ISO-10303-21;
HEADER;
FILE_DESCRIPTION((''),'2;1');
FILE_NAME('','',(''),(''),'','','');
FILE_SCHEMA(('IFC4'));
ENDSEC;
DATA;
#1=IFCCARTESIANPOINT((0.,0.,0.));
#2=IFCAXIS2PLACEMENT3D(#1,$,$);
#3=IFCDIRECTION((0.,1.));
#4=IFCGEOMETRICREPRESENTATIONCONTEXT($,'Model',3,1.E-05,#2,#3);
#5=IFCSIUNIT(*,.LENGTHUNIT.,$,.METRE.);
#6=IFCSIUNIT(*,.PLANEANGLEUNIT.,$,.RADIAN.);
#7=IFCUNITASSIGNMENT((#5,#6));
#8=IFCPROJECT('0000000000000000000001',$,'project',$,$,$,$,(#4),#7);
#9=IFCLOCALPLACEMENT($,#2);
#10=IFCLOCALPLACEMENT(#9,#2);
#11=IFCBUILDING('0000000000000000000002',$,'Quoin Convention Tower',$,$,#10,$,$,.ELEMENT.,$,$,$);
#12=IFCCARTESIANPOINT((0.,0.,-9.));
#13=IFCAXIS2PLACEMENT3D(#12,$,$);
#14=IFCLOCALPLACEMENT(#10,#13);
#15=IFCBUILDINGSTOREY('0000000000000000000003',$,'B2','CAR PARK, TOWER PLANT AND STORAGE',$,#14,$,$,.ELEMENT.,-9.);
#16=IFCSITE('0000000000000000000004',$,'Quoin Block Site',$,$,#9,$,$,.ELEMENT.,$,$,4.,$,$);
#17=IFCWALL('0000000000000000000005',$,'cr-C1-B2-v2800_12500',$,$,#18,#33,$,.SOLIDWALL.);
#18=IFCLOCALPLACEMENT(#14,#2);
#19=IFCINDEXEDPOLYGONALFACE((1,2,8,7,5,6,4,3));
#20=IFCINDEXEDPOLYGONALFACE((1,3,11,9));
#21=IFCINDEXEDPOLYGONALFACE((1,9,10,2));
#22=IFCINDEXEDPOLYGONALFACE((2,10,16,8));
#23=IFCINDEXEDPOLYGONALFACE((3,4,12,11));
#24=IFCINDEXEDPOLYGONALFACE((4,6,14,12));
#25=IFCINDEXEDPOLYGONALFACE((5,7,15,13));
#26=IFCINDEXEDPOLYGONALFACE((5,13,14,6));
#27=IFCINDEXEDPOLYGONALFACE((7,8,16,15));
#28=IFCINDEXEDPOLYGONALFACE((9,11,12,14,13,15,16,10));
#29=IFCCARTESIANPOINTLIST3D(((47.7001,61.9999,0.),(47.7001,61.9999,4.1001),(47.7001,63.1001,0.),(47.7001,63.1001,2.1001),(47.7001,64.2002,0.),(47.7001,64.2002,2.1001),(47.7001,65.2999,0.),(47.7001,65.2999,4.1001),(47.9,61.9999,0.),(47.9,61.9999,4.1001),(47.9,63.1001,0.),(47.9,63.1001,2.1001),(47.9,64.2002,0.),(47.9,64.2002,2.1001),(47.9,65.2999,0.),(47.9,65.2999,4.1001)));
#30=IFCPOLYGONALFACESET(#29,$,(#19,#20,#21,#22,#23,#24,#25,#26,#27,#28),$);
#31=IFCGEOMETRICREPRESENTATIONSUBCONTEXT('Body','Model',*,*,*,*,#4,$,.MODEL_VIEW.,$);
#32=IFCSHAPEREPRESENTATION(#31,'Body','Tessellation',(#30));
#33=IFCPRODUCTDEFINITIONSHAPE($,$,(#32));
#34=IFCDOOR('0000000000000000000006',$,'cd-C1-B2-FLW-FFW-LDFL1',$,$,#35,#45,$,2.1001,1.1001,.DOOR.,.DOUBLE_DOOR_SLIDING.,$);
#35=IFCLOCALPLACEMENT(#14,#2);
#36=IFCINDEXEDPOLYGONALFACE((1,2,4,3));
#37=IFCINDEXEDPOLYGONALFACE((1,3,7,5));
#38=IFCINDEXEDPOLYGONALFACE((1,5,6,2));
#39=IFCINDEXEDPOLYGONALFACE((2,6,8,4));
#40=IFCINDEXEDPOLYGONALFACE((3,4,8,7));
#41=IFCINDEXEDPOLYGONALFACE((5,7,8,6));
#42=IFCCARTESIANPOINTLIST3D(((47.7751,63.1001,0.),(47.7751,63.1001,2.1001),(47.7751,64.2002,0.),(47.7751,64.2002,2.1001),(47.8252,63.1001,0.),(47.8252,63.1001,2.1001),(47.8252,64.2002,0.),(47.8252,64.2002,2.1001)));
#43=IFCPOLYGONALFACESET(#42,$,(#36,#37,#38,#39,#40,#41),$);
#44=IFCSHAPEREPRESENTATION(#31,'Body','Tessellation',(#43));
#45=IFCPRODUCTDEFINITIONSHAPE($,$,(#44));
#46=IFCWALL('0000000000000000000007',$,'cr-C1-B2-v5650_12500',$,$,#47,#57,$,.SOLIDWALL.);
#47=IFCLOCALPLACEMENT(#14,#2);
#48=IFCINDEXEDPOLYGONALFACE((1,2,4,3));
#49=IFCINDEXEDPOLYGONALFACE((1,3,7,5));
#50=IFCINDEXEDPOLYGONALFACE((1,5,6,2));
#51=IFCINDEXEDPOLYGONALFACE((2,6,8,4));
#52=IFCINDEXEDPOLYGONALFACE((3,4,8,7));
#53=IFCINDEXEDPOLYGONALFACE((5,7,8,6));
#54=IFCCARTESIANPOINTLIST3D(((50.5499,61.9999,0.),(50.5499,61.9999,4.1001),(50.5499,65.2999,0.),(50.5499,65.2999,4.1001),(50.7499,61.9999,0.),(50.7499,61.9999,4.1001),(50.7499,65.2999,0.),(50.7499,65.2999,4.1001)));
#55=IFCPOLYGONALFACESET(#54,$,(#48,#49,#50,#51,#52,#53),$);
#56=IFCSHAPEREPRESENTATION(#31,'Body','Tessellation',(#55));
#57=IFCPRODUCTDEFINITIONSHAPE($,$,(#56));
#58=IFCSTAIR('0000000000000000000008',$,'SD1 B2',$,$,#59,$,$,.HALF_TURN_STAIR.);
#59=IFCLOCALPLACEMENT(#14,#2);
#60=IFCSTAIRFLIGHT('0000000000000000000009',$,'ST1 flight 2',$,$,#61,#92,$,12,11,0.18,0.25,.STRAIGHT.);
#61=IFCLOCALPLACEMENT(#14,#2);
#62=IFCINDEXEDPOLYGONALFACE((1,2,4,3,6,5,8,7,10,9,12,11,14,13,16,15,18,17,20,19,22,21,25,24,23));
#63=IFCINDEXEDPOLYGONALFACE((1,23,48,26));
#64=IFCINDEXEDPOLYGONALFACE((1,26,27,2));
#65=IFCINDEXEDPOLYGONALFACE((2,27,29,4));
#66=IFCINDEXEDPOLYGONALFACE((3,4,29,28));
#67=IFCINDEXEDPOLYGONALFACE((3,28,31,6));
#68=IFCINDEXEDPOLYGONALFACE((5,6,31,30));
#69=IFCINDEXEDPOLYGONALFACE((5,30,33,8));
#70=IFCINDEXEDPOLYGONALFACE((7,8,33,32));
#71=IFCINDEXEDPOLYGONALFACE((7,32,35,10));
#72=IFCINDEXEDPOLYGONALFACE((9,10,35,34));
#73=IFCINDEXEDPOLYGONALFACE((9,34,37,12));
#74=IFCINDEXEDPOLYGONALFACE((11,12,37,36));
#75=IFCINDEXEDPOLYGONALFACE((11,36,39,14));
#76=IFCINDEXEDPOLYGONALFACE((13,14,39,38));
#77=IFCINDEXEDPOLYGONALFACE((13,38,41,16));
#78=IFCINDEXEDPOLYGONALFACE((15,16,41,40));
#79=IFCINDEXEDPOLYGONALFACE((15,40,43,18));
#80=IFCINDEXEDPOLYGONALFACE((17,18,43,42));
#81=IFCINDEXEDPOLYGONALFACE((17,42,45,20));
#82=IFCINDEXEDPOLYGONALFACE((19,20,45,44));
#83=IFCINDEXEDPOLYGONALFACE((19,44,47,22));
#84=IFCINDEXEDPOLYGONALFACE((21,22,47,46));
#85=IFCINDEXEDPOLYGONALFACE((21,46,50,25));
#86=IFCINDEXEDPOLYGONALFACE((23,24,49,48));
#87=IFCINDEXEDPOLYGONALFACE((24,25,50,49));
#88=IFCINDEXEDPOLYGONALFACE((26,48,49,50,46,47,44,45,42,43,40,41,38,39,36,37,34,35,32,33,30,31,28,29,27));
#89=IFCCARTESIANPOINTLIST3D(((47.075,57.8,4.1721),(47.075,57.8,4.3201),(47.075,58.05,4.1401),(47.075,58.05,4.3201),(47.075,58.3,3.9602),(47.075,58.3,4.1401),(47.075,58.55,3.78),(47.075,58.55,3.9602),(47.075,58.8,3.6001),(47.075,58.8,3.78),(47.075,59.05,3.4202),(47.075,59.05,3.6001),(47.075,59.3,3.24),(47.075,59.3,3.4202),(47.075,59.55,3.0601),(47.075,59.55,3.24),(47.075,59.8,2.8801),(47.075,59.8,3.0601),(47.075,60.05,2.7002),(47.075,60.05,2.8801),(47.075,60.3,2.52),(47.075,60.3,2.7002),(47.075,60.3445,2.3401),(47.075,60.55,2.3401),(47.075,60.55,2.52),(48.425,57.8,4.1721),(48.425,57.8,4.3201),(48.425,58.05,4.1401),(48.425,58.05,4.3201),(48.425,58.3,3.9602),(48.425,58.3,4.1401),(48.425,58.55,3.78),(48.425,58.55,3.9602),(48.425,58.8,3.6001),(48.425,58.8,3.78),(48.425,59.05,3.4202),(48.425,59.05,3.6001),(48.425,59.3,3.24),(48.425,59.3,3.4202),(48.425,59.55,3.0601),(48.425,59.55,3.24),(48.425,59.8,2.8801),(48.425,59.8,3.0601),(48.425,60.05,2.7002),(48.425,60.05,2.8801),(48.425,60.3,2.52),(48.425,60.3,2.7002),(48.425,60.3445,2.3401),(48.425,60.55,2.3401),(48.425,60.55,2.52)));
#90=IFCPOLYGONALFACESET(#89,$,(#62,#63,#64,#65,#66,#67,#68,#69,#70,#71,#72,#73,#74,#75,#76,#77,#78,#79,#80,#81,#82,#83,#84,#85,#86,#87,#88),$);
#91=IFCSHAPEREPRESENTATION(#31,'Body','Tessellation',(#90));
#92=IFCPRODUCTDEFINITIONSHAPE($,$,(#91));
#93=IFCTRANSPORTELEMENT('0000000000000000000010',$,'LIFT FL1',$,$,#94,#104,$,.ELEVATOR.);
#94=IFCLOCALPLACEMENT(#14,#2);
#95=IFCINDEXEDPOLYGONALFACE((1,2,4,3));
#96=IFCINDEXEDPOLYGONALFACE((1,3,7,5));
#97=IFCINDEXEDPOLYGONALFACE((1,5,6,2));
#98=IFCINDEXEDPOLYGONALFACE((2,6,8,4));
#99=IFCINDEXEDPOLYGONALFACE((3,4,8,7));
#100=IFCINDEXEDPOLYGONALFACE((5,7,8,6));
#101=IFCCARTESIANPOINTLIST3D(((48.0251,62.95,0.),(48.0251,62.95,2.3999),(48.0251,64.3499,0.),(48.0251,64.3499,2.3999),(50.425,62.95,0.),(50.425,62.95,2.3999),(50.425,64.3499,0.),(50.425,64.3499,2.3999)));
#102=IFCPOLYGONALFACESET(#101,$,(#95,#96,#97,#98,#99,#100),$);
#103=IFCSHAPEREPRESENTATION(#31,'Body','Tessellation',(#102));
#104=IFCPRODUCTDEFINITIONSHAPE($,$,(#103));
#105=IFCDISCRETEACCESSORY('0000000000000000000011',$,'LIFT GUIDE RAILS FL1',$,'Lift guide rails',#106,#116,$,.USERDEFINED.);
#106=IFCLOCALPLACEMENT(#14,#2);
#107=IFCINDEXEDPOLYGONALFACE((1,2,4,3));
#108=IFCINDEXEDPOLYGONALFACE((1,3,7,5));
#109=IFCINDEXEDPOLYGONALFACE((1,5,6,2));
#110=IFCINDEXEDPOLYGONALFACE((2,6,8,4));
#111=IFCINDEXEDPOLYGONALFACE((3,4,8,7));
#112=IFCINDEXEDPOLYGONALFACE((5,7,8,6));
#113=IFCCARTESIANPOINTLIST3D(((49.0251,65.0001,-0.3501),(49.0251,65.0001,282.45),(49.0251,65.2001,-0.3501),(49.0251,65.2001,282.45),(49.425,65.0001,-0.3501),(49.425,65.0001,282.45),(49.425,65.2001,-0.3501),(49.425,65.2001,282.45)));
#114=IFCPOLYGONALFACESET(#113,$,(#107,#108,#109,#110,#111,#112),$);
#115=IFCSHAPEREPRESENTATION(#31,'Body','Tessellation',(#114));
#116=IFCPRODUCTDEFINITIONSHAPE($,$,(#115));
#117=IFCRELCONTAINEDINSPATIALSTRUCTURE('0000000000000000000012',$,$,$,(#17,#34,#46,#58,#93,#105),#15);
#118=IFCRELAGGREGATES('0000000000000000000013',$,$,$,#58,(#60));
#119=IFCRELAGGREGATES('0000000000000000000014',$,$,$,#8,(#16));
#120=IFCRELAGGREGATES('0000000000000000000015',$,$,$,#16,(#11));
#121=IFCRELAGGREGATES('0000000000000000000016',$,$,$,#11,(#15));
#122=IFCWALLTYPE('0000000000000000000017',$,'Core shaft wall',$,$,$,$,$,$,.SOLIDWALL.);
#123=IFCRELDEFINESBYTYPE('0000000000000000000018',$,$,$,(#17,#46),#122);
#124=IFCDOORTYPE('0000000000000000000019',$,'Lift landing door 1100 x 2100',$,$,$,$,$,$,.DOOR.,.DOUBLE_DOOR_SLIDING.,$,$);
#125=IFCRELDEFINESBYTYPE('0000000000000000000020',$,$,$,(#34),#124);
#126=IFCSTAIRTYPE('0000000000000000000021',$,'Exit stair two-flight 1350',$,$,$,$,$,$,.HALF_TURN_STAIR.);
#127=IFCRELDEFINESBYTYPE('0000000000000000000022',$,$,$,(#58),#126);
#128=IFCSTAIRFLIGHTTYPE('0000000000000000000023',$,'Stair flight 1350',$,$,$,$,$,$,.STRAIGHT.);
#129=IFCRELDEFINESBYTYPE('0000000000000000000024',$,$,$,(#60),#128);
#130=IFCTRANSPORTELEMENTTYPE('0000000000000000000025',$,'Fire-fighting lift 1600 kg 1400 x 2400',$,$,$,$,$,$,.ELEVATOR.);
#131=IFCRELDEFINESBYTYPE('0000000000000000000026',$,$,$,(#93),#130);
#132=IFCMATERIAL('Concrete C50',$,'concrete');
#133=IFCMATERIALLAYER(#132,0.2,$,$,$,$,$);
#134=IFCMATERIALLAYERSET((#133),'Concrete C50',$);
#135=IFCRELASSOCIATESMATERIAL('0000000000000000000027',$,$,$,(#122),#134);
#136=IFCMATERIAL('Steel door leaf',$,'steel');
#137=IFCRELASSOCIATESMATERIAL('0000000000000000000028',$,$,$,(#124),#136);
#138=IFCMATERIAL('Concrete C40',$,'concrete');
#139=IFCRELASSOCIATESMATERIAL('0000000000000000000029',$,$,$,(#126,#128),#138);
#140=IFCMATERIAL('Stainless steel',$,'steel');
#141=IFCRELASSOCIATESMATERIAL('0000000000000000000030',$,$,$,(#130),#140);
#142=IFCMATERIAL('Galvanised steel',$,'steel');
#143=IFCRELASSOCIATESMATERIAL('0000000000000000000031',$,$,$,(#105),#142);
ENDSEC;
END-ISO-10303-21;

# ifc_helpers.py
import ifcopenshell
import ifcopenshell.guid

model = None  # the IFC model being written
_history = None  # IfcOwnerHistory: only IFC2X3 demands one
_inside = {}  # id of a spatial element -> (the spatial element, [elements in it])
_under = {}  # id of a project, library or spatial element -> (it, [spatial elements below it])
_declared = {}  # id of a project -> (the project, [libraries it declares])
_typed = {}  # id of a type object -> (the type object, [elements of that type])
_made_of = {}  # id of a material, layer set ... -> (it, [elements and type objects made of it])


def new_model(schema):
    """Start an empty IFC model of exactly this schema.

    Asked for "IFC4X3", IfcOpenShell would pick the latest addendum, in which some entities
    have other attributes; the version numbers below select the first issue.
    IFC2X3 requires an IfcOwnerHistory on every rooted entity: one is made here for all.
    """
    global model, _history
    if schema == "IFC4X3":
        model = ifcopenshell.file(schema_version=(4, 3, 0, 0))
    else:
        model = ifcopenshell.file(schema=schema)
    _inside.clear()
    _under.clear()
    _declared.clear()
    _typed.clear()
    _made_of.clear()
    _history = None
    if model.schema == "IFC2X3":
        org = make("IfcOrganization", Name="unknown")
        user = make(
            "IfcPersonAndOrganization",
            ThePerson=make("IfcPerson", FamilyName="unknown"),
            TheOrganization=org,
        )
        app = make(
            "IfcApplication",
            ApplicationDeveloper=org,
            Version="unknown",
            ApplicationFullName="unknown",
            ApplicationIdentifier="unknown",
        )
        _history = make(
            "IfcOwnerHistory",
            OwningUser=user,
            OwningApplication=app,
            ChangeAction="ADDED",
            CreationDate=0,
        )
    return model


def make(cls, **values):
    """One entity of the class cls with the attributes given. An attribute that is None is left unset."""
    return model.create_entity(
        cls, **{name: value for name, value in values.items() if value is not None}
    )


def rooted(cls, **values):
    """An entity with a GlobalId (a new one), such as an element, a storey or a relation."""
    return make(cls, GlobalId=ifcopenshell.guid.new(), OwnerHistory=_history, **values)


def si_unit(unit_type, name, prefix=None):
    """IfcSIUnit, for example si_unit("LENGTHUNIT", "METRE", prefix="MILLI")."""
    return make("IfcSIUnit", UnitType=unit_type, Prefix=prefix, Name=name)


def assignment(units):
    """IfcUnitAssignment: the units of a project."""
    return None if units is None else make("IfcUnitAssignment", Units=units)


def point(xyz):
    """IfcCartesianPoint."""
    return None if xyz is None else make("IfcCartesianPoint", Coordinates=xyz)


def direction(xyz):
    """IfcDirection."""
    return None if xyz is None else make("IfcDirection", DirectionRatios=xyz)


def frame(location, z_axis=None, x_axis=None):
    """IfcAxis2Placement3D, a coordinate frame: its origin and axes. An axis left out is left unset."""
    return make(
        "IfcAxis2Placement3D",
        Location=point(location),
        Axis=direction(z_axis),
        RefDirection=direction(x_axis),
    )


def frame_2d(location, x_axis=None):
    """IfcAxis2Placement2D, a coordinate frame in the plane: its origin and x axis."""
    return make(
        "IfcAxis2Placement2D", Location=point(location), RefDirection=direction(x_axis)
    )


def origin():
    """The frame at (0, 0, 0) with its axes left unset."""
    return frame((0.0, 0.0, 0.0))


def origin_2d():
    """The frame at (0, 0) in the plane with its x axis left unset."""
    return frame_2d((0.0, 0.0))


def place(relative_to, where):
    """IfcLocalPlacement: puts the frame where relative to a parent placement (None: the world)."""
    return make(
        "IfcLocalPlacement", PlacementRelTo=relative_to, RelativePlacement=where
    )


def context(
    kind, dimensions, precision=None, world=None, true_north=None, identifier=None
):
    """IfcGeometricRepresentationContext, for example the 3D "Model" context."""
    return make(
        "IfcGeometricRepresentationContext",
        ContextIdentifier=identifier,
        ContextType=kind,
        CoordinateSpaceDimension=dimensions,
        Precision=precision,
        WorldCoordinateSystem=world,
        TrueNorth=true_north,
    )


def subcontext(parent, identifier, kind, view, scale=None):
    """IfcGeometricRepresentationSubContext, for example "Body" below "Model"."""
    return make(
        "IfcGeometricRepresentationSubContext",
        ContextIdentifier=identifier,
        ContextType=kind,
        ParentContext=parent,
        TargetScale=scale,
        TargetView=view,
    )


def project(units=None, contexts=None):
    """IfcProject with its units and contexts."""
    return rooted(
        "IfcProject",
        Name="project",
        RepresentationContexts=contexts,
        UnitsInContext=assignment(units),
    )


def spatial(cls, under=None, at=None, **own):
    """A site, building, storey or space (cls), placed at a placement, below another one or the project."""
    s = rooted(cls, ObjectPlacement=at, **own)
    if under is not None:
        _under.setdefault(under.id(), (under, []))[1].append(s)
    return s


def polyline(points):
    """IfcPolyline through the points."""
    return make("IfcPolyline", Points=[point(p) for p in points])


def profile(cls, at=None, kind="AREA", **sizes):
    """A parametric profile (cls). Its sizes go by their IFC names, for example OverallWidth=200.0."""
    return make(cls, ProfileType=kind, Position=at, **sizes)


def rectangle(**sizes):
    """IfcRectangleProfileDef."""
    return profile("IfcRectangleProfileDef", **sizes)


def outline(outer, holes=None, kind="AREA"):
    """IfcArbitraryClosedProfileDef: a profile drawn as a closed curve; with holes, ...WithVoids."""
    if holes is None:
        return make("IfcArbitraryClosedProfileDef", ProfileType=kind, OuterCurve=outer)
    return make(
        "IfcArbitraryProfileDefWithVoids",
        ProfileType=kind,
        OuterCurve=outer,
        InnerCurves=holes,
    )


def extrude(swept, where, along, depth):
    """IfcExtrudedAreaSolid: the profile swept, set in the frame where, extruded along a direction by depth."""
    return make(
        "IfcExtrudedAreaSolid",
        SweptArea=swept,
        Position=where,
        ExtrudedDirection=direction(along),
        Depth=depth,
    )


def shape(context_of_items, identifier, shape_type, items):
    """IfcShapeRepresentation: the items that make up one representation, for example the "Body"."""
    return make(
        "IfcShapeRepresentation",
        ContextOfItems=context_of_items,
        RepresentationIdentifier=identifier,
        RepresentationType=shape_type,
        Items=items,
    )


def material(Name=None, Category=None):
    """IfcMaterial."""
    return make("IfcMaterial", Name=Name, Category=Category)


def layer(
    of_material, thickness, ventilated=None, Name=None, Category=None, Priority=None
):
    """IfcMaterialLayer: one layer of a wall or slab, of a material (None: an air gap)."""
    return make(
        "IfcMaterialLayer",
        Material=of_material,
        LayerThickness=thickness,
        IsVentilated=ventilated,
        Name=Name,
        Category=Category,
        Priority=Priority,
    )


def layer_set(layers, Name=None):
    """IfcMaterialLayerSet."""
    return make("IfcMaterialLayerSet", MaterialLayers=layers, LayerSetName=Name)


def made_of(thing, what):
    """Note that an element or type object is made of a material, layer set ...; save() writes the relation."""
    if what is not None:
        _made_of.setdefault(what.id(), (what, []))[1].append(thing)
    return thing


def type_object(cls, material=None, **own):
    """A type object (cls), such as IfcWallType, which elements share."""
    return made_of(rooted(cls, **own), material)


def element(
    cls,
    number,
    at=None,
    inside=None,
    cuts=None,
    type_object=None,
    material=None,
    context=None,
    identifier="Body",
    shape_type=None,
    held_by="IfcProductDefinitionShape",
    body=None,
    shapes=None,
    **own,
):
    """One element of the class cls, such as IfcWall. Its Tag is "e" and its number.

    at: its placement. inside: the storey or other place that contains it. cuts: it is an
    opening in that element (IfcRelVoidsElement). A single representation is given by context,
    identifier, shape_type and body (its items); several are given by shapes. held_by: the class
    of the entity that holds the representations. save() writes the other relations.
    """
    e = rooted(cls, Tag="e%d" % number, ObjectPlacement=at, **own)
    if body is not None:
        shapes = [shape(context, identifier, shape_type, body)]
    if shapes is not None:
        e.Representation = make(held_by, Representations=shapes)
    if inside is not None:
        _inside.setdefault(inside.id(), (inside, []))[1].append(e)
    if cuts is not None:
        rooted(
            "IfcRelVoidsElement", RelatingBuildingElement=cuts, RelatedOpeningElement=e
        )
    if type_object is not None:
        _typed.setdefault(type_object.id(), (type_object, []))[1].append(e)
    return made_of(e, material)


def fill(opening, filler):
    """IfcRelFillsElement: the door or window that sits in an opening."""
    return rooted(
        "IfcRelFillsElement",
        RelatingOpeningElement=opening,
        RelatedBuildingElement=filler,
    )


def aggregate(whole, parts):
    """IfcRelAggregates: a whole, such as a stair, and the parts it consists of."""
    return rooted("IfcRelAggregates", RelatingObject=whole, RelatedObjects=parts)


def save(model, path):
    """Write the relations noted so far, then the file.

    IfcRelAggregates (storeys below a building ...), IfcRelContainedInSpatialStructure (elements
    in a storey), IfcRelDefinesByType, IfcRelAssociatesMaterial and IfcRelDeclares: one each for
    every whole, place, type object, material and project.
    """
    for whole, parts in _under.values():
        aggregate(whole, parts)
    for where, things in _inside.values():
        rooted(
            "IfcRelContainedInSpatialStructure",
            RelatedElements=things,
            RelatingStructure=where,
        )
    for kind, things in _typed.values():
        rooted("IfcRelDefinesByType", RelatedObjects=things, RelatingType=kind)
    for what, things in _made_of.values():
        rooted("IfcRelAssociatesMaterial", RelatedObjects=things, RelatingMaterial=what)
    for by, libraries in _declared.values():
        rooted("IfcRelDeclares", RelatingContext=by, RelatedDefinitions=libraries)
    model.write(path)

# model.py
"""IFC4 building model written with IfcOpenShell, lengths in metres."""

from ifc_helpers import new_model, si_unit, direction, frame, frame_2d, origin, origin_2d, place, context, subcontext, project, spatial, polyline, rectangle, outline, extrude, material, layer, layer_set, type_object, element, fill, aggregate, save


model = new_model("IFC4")

# Units and contexts
model_context = context("Model", 3, precision=1e-05, world=origin(), true_north=direction((0.0, 1.0)))
body_context = subcontext(model_context, "Body", "Model", "MODEL_VIEW")
ifc_project = project(units=[si_unit("LENGTHUNIT", "METRE"), si_unit("PLANEANGLEUNIT", "RADIAN")], contexts=[model_context])

# Site, building, storey
site_placement = place(None, origin())
site = spatial("IfcSite", under=ifc_project, at=site_placement, Name="Quoin Block Site", CompositionType="ELEMENT", RefElevation=4.0)
building_placement = place(site_placement, origin())
building = spatial("IfcBuilding", under=site, at=building_placement, Name="Quoin Convention Tower", CompositionType="ELEMENT")
storey_placement = place(building_placement, frame((0.0, 0.0, -9.0)))
storey = spatial("IfcBuildingStorey", under=building, at=storey_placement, Name="B2", Description="CAR PARK, TOWER PLANT AND STORAGE", CompositionType="ELEMENT", Elevation=-9.0)

# Shared definitions
ifc_material_1 = material(Name="Concrete C40", Category="concrete")

# Shared definitions
ifc_material_2 = material(Name="Concrete C50", Category="concrete")
ifc_layer = layer(ifc_material_2, 0.2)
ifc_layer_set = layer_set([ifc_layer], Name="Concrete C50")
wall_type = type_object("IfcWallType", Name="Core shaft wall", PredefinedType="SOLIDWALL", material=ifc_layer_set)

# Wall, opening, door
wall_1_placement = place(storey_placement, frame((47.8, 62.0, 0.0), z_axis=(0.0, 0.0, 1.0), x_axis=(0.0, 1.0, 0.0)))
wall_1 = element("IfcWall", 1, at=wall_1_placement, inside=storey, type_object=wall_type, Name="cr-C1-B2-v2800_12500", PredefinedType="SOLIDWALL", context=body_context, shape_type="SweptSolid", body=[
    extrude(rectangle(XDim=3.3, YDim=0.2, at=frame_2d((1.6499, 0.0))), origin(), (0.0, 0.0, 1.0), 4.1001),
])
opening_placement = place(wall_1_placement, frame((1.1001, 0.0, 0.0)))
opening = element("IfcOpeningElement", 2, at=opening_placement, cuts=wall_1, PredefinedType="OPENING", context=body_context, shape_type="SweptSolid", body=[
    extrude(rectangle(XDim=1.1001, YDim=2.1001, at=frame_2d((0.55, 1.05))), frame((0.0, 0.1099, 0.0), z_axis=(0.0, -1.0, 0.0), x_axis=(1.0, 0.0, 0.0)), (0.0, 0.0, 1.0), 0.22),
])
ifc_material_3 = material(Name="Steel door leaf", Category="steel")
door_type = type_object("IfcDoorType", Name="Lift landing door 1100 x 2100", OperationType="DOUBLE_DOOR_SLIDING", PredefinedType="DOOR", material=ifc_material_3)
door_placement = place(opening_placement, origin())
door = element("IfcDoor", 3, at=door_placement, inside=storey, type_object=door_type, Name="cd-C1-B2-FLW-FFW-LDFL1", OperationType="DOUBLE_DOOR_SLIDING", OverallHeight=2.1001, OverallWidth=1.1001, PredefinedType="DOOR", context=body_context, shape_type="SweptSolid", body=[
    extrude(rectangle(XDim=1.1001, YDim=2.1001, at=frame_2d((0.55, 1.05))), frame((0.0, 0.0249, 0.0), z_axis=(0.0, -1.0, 0.0), x_axis=(1.0, 0.0, 0.0)), (0.0, 0.0, 1.0), 0.05),
])
fill(opening, door)

# Wall
wall_2_placement = place(storey_placement, frame((50.6499, 62.0, 0.0), z_axis=(0.0, 0.0, 1.0), x_axis=(0.0, 1.0, 0.0)))
element("IfcWall", 4, at=wall_2_placement, inside=storey, type_object=wall_type, Name="cr-C1-B2-v5650_12500", PredefinedType="SOLIDWALL", context=body_context, shape_type="SweptSolid", body=[
    extrude(rectangle(XDim=3.3, YDim=0.2, at=frame_2d((1.6499, 0.0))), origin(), (0.0, 0.0, 1.0), 4.1001),
])

# Stair, stair flight
stair_type = type_object("IfcStairType", Name="Exit stair two-flight 1350", PredefinedType="HALF_TURN_STAIR", material=ifc_material_1)
stair_placement = place(storey_placement, origin())
stair = element("IfcStair", 5, at=stair_placement, inside=storey, type_object=stair_type, Name="SD1 B2", PredefinedType="HALF_TURN_STAIR")
stair_flight_type = type_object("IfcStairFlightType", Name="Stair flight 1350", PredefinedType="STRAIGHT", material=ifc_material_1)
stair_flight_placement = place(storey_placement, frame((47.75, 60.55, 2.3401), z_axis=(0.0, 0.0, 1.0), x_axis=(0.0, -1.0, 0.0)))
stair_flight = element("IfcStairFlight", 6, at=stair_flight_placement, type_object=stair_flight_type, Name="ST1 flight 2", NumberOfRisers=12, NumberOfTreads=11, PredefinedType="STRAIGHT", RiserHeight=0.18, TreadLength=0.25, context=body_context, shape_type="SweptSolid", body=[
    extrude(outline(polyline([(0.0, 0.0), (0.0, 0.1799), (0.25, 0.1799), (0.25, 0.3601), (0.5, 0.3601), (0.5, 0.54), (0.75, 0.54), (0.75, 0.72), (1.0, 0.72), (1.0, 0.8999), (1.25, 0.8999), (1.25, 1.0801), (1.5, 1.0801), (1.5, 1.26), (1.75, 1.26), (1.75, 1.4399), (2.0, 1.4399), (2.0, 1.6201), (2.25, 1.6201), (2.25, 1.8), (2.5, 1.8), (2.5, 1.98), (2.75, 1.98), (2.75, 2.1599), (2.75, 1.832), (0.2056, 0.0), (0.0, 0.0)])), frame((0.0, 0.675, 0.0), z_axis=(0.0, -1.0, 0.0), x_axis=(1.0, 0.0, 0.0)), (0.0, 0.0, 1.0), 1.3501),
])
aggregate(stair, [stair_flight])

# Transport element
ifc_material_4 = material(Name="Stainless steel", Category="steel")
transport_element_type = type_object("IfcTransportElementType", Name="Fire-fighting lift 1600 kg 1400 x 2400", PredefinedType="ELEVATOR", material=ifc_material_4)
transport_element_placement = place(storey_placement, frame((49.2251, 63.6499, 0.0), z_axis=(0.0, 0.0, 1.0), x_axis=(1.0, 0.0, 0.0)))
element("IfcTransportElement", 7, at=transport_element_placement, inside=storey, type_object=transport_element_type, Name="LIFT FL1", PredefinedType="ELEVATOR", context=body_context, shape_type="SweptSolid", body=[
    extrude(rectangle(XDim=2.3999, YDim=1.3999, at=origin_2d()), origin(), (0.0, 0.0, 1.0), 2.3999),
])

# Discrete accessory
ifc_material_5 = material(Name="Galvanised steel", Category="steel")
discrete_accessory_placement = place(storey_placement, frame((49.2251, 65.1001, -0.3501), z_axis=(0.0, 0.0, 1.0), x_axis=(1.0, 0.0, 0.0)))
element("IfcDiscreteAccessory", 8, at=discrete_accessory_placement, inside=storey, material=ifc_material_5, Name="LIFT GUIDE RAILS FL1", ObjectType="Lift guide rails", PredefinedType="USERDEFINED", context=body_context, shape_type="SweptSolid", body=[
    extrude(rectangle(XDim=0.3999, YDim=0.2, at=origin_2d()), origin(), (0.0, 0.0, 1.0), 282.8),
])

save(model, "model.ifc")
